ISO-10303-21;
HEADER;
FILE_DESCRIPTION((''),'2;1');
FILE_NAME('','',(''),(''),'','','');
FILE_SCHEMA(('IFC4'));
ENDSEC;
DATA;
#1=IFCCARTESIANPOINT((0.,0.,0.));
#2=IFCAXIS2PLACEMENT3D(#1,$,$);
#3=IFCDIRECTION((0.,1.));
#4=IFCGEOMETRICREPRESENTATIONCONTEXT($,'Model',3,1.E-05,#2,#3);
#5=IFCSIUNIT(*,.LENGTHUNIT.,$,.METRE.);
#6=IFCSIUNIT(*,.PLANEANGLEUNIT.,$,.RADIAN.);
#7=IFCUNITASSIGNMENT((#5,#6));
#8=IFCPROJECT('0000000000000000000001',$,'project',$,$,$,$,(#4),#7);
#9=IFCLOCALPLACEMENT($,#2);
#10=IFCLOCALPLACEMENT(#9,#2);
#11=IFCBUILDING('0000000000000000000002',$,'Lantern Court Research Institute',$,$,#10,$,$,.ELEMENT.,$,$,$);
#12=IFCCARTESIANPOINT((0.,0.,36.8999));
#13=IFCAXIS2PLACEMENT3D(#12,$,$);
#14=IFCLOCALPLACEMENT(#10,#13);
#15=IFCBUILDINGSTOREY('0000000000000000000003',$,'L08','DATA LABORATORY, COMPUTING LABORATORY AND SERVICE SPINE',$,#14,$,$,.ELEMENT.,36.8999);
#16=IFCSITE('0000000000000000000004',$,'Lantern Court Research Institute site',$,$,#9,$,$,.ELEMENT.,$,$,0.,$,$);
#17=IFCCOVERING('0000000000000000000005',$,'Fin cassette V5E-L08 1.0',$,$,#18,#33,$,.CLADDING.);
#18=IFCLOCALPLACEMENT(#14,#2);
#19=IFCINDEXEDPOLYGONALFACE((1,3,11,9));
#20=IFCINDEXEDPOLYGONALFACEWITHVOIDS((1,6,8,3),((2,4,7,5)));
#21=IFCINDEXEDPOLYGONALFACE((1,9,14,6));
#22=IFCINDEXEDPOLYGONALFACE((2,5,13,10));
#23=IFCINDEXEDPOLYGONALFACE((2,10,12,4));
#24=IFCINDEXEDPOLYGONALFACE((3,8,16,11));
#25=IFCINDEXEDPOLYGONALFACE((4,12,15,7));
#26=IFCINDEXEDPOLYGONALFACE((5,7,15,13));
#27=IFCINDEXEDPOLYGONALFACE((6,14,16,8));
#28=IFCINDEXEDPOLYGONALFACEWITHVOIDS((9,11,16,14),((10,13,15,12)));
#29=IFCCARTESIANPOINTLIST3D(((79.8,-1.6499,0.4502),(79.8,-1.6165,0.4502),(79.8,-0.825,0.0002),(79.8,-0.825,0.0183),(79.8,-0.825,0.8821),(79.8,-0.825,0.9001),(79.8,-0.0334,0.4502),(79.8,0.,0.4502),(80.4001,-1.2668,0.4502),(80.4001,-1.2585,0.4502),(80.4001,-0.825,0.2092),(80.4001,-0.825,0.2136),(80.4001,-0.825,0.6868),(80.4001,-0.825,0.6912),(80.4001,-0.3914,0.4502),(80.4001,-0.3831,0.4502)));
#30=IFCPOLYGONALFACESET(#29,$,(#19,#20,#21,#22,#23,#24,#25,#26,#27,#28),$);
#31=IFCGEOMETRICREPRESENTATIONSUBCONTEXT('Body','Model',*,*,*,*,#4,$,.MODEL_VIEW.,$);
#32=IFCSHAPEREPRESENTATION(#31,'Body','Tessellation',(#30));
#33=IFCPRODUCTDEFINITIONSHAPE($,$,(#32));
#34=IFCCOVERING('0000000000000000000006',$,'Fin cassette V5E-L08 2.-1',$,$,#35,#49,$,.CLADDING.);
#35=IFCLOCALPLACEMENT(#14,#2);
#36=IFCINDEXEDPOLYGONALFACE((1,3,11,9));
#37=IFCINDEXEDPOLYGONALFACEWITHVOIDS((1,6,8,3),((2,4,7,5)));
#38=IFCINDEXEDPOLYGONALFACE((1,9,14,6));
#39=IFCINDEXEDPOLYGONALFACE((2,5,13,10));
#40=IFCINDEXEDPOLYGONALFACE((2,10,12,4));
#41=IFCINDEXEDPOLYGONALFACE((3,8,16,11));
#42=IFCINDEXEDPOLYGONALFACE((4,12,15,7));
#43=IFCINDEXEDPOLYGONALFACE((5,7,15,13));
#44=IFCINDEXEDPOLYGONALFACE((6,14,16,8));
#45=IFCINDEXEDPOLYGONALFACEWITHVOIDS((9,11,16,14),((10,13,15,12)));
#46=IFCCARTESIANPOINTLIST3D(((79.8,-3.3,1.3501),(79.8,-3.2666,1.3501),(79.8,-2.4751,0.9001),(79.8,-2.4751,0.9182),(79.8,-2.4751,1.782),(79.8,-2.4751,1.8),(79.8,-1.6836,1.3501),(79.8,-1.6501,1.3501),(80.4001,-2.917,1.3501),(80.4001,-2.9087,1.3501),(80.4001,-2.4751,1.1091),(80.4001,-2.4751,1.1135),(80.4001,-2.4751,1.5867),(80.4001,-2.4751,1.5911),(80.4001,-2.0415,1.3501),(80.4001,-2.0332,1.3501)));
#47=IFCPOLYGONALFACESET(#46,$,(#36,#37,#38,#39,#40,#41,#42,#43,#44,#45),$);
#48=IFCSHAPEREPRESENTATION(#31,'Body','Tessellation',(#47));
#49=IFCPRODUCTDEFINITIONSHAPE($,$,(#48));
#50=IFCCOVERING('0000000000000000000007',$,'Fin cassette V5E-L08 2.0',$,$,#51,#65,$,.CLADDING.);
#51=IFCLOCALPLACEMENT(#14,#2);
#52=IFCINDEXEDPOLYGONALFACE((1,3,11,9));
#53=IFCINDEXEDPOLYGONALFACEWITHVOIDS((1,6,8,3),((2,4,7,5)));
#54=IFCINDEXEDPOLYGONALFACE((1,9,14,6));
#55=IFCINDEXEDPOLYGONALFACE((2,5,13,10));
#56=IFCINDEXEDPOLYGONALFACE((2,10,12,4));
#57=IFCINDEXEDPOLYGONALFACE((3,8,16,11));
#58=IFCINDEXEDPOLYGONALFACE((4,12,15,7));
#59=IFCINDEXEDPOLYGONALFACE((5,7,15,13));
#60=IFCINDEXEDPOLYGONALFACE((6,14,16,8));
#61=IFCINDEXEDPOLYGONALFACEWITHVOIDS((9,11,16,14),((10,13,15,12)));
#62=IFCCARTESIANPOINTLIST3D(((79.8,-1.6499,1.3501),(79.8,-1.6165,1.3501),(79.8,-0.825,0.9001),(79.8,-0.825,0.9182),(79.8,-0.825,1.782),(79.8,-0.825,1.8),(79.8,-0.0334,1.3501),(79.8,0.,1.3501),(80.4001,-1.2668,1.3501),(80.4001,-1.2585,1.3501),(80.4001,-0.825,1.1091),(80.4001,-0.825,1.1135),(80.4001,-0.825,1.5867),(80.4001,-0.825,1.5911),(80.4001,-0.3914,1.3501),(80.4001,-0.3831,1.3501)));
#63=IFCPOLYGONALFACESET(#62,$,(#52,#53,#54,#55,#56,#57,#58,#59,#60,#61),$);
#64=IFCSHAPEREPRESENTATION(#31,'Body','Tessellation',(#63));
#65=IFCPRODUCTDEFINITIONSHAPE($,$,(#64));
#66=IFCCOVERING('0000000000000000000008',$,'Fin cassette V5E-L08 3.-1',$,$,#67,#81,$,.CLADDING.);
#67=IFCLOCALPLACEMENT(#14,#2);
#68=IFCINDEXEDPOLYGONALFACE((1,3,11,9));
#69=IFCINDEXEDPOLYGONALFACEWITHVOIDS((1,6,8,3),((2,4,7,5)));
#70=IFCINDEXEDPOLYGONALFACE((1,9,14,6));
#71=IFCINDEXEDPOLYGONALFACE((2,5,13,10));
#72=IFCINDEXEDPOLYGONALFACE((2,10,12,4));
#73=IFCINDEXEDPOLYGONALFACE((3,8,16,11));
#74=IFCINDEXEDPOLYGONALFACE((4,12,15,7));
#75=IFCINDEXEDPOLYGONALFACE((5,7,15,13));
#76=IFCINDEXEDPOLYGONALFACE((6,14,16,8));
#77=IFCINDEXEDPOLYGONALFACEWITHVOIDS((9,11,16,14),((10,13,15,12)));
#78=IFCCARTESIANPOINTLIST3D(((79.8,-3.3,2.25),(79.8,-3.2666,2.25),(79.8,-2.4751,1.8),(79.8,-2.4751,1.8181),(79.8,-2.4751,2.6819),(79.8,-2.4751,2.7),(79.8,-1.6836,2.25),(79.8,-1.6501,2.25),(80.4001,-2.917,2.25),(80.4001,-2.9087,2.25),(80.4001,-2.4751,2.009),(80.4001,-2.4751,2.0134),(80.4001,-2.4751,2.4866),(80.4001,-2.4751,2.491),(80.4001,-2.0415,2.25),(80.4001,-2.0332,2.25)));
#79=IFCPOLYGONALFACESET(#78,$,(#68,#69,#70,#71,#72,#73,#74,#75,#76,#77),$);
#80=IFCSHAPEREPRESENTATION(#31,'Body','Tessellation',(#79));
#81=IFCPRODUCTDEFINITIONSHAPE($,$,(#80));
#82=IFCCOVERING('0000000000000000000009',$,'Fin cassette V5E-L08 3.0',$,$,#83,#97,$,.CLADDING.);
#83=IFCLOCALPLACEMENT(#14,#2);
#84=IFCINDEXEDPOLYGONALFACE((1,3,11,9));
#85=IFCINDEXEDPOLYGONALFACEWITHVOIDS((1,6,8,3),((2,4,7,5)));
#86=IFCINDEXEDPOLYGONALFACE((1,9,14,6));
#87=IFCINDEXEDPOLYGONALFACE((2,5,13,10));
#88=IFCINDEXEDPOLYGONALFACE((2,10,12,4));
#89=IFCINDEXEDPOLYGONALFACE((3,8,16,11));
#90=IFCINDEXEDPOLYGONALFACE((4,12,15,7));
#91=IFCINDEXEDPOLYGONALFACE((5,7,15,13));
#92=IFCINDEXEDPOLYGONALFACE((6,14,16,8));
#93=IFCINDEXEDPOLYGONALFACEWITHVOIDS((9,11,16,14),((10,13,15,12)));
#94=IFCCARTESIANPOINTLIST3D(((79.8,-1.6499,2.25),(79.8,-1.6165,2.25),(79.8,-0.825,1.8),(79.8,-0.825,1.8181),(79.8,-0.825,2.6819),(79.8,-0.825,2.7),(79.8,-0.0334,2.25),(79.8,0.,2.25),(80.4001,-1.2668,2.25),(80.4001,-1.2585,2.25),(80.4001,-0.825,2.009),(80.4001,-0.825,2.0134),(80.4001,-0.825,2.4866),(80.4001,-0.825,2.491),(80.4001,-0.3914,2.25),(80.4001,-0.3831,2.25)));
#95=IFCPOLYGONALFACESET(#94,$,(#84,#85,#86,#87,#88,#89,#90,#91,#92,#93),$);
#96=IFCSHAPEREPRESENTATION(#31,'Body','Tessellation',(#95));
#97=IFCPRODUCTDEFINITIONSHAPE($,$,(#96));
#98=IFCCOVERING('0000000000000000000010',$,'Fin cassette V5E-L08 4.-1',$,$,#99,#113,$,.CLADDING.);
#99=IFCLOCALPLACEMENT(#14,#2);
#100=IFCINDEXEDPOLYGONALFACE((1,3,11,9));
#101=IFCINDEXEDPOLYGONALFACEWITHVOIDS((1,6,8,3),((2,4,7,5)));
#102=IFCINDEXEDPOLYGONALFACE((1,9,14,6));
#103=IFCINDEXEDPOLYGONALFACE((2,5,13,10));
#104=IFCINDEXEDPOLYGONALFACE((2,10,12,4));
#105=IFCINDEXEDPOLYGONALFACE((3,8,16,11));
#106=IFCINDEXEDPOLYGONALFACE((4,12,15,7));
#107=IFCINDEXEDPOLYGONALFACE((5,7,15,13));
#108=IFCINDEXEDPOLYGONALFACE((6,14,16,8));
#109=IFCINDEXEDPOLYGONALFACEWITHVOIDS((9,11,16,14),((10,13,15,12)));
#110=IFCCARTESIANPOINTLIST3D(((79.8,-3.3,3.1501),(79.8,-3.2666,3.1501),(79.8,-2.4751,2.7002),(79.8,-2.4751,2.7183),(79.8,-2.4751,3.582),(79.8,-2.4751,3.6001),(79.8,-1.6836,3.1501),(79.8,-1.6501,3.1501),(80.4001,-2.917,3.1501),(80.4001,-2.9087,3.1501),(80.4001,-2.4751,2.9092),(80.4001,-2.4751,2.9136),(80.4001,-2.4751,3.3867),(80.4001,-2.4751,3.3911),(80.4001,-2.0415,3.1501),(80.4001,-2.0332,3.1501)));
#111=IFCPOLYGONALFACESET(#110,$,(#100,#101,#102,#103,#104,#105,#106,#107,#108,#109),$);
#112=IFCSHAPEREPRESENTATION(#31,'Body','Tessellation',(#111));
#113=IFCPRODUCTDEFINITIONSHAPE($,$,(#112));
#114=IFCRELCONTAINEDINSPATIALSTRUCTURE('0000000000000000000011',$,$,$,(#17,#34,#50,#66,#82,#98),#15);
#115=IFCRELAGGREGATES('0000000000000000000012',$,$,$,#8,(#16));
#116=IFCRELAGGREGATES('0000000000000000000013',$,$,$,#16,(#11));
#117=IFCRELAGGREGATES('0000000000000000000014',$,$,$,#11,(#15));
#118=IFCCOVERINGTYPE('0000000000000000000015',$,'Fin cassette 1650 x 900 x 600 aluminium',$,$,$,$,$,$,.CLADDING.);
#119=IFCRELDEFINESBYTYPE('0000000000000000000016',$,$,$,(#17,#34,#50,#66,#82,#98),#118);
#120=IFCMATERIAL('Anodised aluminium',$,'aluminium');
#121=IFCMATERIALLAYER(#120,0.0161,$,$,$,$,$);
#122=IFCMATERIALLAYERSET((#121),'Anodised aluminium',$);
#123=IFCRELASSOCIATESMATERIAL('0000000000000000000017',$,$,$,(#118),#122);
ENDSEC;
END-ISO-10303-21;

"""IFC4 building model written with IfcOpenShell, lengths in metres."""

from ifc_helpers import new_model, entity, si_unit, direction, frame, origin, place, context, subcontext, project, spatial, material, layer, layer_set, type_object, element, save


model = new_model("IFC4")

# Units and contexts
model_context = context("Model", 3, precision=1e-05, world=origin(), true_north=direction((0.0, 1.0)))
body_context = subcontext(model_context, "Body", "Model", "MODEL_VIEW")
ifc_project = project(units=[si_unit("LENGTHUNIT", "METRE"), si_unit("PLANEANGLEUNIT", "RADIAN")], contexts=[model_context])

# Site, building, storey
site_placement = place(None, origin())
site = spatial("IfcSite", under=ifc_project, at=site_placement, Name="Lantern Court Research Institute site", CompositionType="ELEMENT", RefElevation=0.0)
building_placement = place(site_placement, origin())
building = spatial("IfcBuilding", under=site, at=building_placement, Name="Lantern Court Research Institute", CompositionType="ELEMENT")
storey_placement = place(building_placement, frame((0.0, 0.0, 36.8999)))
storey = spatial("IfcBuildingStorey", under=building, at=storey_placement, Name="L08", Description="DATA LABORATORY, COMPUTING LABORATORY AND SERVICE SPINE", CompositionType="ELEMENT", Elevation=36.8999)

# Coverings
ifc_material_1 = material(Name="Anodised aluminium", Category="aluminium")
ifc_layer_1 = layer(ifc_material_1, 0.0161)
ifc_layer_set_1 = layer_set([ifc_layer_1], Name="Anodised aluminium")
covering_type = type_object("IfcCoveringType", Name="Fin cassette 1650 x 900 x 600 aluminium", PredefinedType="CLADDING", material=ifc_layer_set_1)
covering_1_placement = place(storey_placement, frame((79.8, -0.825, 0.4502), z_axis=(1.0, 0.0, 0.0), x_axis=(0.0, 1.0, 0.0)))
cartesian_point_1 = entity("IfcCartesianPoint", [0.825, 0.0])
cartesian_point_2 = entity("IfcCartesianPoint", [0.7915, 0.0])
cartesian_point_3 = entity("IfcCartesianPoint", [0.4419, 0.0])
cartesian_point_4 = entity("IfcCartesianPoint", [0.4336, 0.0])
element("IfcCovering", 1, at=covering_1_placement, inside=storey, type_object=covering_type, Name="Fin cassette V5E-L08 1.0", PredefinedType="CLADDING", context=body_context, shape_type="SweptSolid", body=[
    entity("IfcExtrudedAreaSolidTapered", entity("IfcArbitraryProfileDefWithVoids", "AREA", None, entity("IfcPolyline", [cartesian_point_1, entity("IfcCartesianPoint", [0.0, 0.45]), entity("IfcCartesianPoint", [-0.825, 0.0]), entity("IfcCartesianPoint", [0.0, -0.45]), cartesian_point_1]), [entity("IfcPolyline", [cartesian_point_2, entity("IfcCartesianPoint", [0.0, 0.4319]), entity("IfcCartesianPoint", [-0.7915, 0.0]), entity("IfcCartesianPoint", [0.0, -0.4319]), cartesian_point_2])]), entity("IfcAxis2Placement3D", entity("IfcCartesianPoint", [0.0, 0.0, 0.0])), entity("IfcDirection", [0.0, 0.0, 1.0]), 0.6001, entity("IfcArbitraryProfileDefWithVoids", "AREA", None, entity("IfcPolyline", [cartesian_point_3, entity("IfcCartesianPoint", [0.0, 0.241]), entity("IfcCartesianPoint", [-0.4419, 0.0]), entity("IfcCartesianPoint", [0.0, -0.241]), cartesian_point_3]), [entity("IfcPolyline", [cartesian_point_4, entity("IfcCartesianPoint", [0.0, 0.2366]), entity("IfcCartesianPoint", [-0.4336, 0.0]), entity("IfcCartesianPoint", [0.0, -0.2366]), cartesian_point_4])])),
])
covering_2_placement = place(storey_placement, frame((79.8, -2.4751, 1.3501), z_axis=(1.0, 0.0, 0.0), x_axis=(0.0, 1.0, 0.0)))
cartesian_point_5 = entity("IfcCartesianPoint", [0.825, 0.0])
cartesian_point_6 = entity("IfcCartesianPoint", [0.7915, 0.0])
cartesian_point_7 = entity("IfcCartesianPoint", [0.4419, 0.0])
cartesian_point_8 = entity("IfcCartesianPoint", [0.4336, 0.0])
element("IfcCovering", 2, at=covering_2_placement, inside=storey, type_object=covering_type, Name="Fin cassette V5E-L08 2.-1", PredefinedType="CLADDING", context=body_context, shape_type="SweptSolid", body=[
    entity("IfcExtrudedAreaSolidTapered", entity("IfcArbitraryProfileDefWithVoids", "AREA", None, entity("IfcPolyline", [cartesian_point_5, entity("IfcCartesianPoint", [0.0, 0.45]), entity("IfcCartesianPoint", [-0.825, 0.0]), entity("IfcCartesianPoint", [0.0, -0.45]), cartesian_point_5]), [entity("IfcPolyline", [cartesian_point_6, entity("IfcCartesianPoint", [0.0, 0.4319]), entity("IfcCartesianPoint", [-0.7915, 0.0]), entity("IfcCartesianPoint", [0.0, -0.4319]), cartesian_point_6])]), entity("IfcAxis2Placement3D", entity("IfcCartesianPoint", [0.0, 0.0, 0.0])), entity("IfcDirection", [0.0, 0.0, 1.0]), 0.6001, entity("IfcArbitraryProfileDefWithVoids", "AREA", None, entity("IfcPolyline", [cartesian_point_7, entity("IfcCartesianPoint", [0.0, 0.241]), entity("IfcCartesianPoint", [-0.4419, 0.0]), entity("IfcCartesianPoint", [0.0, -0.241]), cartesian_point_7]), [entity("IfcPolyline", [cartesian_point_8, entity("IfcCartesianPoint", [0.0, 0.2366]), entity("IfcCartesianPoint", [-0.4336, 0.0]), entity("IfcCartesianPoint", [0.0, -0.2366]), cartesian_point_8])])),
])
covering_3_placement = place(storey_placement, frame((79.8, -0.825, 1.3501), z_axis=(1.0, 0.0, 0.0), x_axis=(0.0, 1.0, 0.0)))
cartesian_point_9 = entity("IfcCartesianPoint", [0.825, 0.0])
cartesian_point_10 = entity("IfcCartesianPoint", [0.7915, 0.0])
cartesian_point_11 = entity("IfcCartesianPoint", [0.4419, 0.0])
cartesian_point_12 = entity("IfcCartesianPoint", [0.4336, 0.0])
element("IfcCovering", 3, at=covering_3_placement, inside=storey, type_object=covering_type, Name="Fin cassette V5E-L08 2.0", PredefinedType="CLADDING", context=body_context, shape_type="SweptSolid", body=[
    entity("IfcExtrudedAreaSolidTapered", entity("IfcArbitraryProfileDefWithVoids", "AREA", None, entity("IfcPolyline", [cartesian_point_9, entity("IfcCartesianPoint", [0.0, 0.45]), entity("IfcCartesianPoint", [-0.825, 0.0]), entity("IfcCartesianPoint", [0.0, -0.45]), cartesian_point_9]), [entity("IfcPolyline", [cartesian_point_10, entity("IfcCartesianPoint", [0.0, 0.4319]), entity("IfcCartesianPoint", [-0.7915, 0.0]), entity("IfcCartesianPoint", [0.0, -0.4319]), cartesian_point_10])]), entity("IfcAxis2Placement3D", entity("IfcCartesianPoint", [0.0, 0.0, 0.0])), entity("IfcDirection", [0.0, 0.0, 1.0]), 0.6001, entity("IfcArbitraryProfileDefWithVoids", "AREA", None, entity("IfcPolyline", [cartesian_point_11, entity("IfcCartesianPoint", [0.0, 0.241]), entity("IfcCartesianPoint", [-0.4419, 0.0]), entity("IfcCartesianPoint", [0.0, -0.241]), cartesian_point_11]), [entity("IfcPolyline", [cartesian_point_12, entity("IfcCartesianPoint", [0.0, 0.2366]), entity("IfcCartesianPoint", [-0.4336, 0.0]), entity("IfcCartesianPoint", [0.0, -0.2366]), cartesian_point_12])])),
])
covering_4_placement = place(storey_placement, frame((79.8, -2.4751, 2.25), z_axis=(1.0, 0.0, 0.0), x_axis=(0.0, 1.0, 0.0)))
cartesian_point_13 = entity("IfcCartesianPoint", [0.825, 0.0])
cartesian_point_14 = entity("IfcCartesianPoint", [0.7915, 0.0])
cartesian_point_15 = entity("IfcCartesianPoint", [0.4419, 0.0])
cartesian_point_16 = entity("IfcCartesianPoint", [0.4336, 0.0])
element("IfcCovering", 4, at=covering_4_placement, inside=storey, type_object=covering_type, Name="Fin cassette V5E-L08 3.-1", PredefinedType="CLADDING", context=body_context, shape_type="SweptSolid", body=[
    entity("IfcExtrudedAreaSolidTapered", entity("IfcArbitraryProfileDefWithVoids", "AREA", None, entity("IfcPolyline", [cartesian_point_13, entity("IfcCartesianPoint", [0.0, 0.45]), entity("IfcCartesianPoint", [-0.825, 0.0]), entity("IfcCartesianPoint", [0.0, -0.45]), cartesian_point_13]), [entity("IfcPolyline", [cartesian_point_14, entity("IfcCartesianPoint", [0.0, 0.4319]), entity("IfcCartesianPoint", [-0.7915, 0.0]), entity("IfcCartesianPoint", [0.0, -0.4319]), cartesian_point_14])]), entity("IfcAxis2Placement3D", entity("IfcCartesianPoint", [0.0, 0.0, 0.0])), entity("IfcDirection", [0.0, 0.0, 1.0]), 0.6001, entity("IfcArbitraryProfileDefWithVoids", "AREA", None, entity("IfcPolyline", [cartesian_point_15, entity("IfcCartesianPoint", [0.0, 0.241]), entity("IfcCartesianPoint", [-0.4419, 0.0]), entity("IfcCartesianPoint", [0.0, -0.241]), cartesian_point_15]), [entity("IfcPolyline", [cartesian_point_16, entity("IfcCartesianPoint", [0.0, 0.2366]), entity("IfcCartesianPoint", [-0.4336, 0.0]), entity("IfcCartesianPoint", [0.0, -0.2366]), cartesian_point_16])])),
])
covering_5_placement = place(storey_placement, frame((79.8, -0.825, 2.25), z_axis=(1.0, 0.0, 0.0), x_axis=(0.0, 1.0, 0.0)))
cartesian_point_17 = entity("IfcCartesianPoint", [0.825, 0.0])
cartesian_point_18 = entity("IfcCartesianPoint", [0.7915, 0.0])
cartesian_point_19 = entity("IfcCartesianPoint", [0.4419, 0.0])
cartesian_point_20 = entity("IfcCartesianPoint", [0.4336, 0.0])
element("IfcCovering", 5, at=covering_5_placement, inside=storey, type_object=covering_type, Name="Fin cassette V5E-L08 3.0", PredefinedType="CLADDING", context=body_context, shape_type="SweptSolid", body=[
    entity("IfcExtrudedAreaSolidTapered", entity("IfcArbitraryProfileDefWithVoids", "AREA", None, entity("IfcPolyline", [cartesian_point_17, entity("IfcCartesianPoint", [0.0, 0.45]), entity("IfcCartesianPoint", [-0.825, 0.0]), entity("IfcCartesianPoint", [0.0, -0.45]), cartesian_point_17]), [entity("IfcPolyline", [cartesian_point_18, entity("IfcCartesianPoint", [0.0, 0.4319]), entity("IfcCartesianPoint", [-0.7915, 0.0]), entity("IfcCartesianPoint", [0.0, -0.4319]), cartesian_point_18])]), entity("IfcAxis2Placement3D", entity("IfcCartesianPoint", [0.0, 0.0, 0.0])), entity("IfcDirection", [0.0, 0.0, 1.0]), 0.6001, entity("IfcArbitraryProfileDefWithVoids", "AREA", None, entity("IfcPolyline", [cartesian_point_19, entity("IfcCartesianPoint", [0.0, 0.241]), entity("IfcCartesianPoint", [-0.4419, 0.0]), entity("IfcCartesianPoint", [0.0, -0.241]), cartesian_point_19]), [entity("IfcPolyline", [cartesian_point_20, entity("IfcCartesianPoint", [0.0, 0.2366]), entity("IfcCartesianPoint", [-0.4336, 0.0]), entity("IfcCartesianPoint", [0.0, -0.2366]), cartesian_point_20])])),
])
covering_6_placement = place(storey_placement, frame((79.8, -2.4751, 3.1501), z_axis=(1.0, 0.0, 0.0), x_axis=(0.0, 1.0, 0.0)))
cartesian_point_21 = entity("IfcCartesianPoint", [0.825, 0.0])
cartesian_point_22 = entity("IfcCartesianPoint", [0.7915, 0.0])
cartesian_point_23 = entity("IfcCartesianPoint", [0.4419, 0.0])
cartesian_point_24 = entity("IfcCartesianPoint", [0.4336, 0.0])
element("IfcCovering", 6, at=covering_6_placement, inside=storey, type_object=covering_type, Name="Fin cassette V5E-L08 4.-1", PredefinedType="CLADDING", context=body_context, shape_type="SweptSolid", body=[
    entity("IfcExtrudedAreaSolidTapered", entity("IfcArbitraryProfileDefWithVoids", "AREA", None, entity("IfcPolyline", [cartesian_point_21, entity("IfcCartesianPoint", [0.0, 0.45]), entity("IfcCartesianPoint", [-0.825, 0.0]), entity("IfcCartesianPoint", [0.0, -0.45]), cartesian_point_21]), [entity("IfcPolyline", [cartesian_point_22, entity("IfcCartesianPoint", [0.0, 0.4319]), entity("IfcCartesianPoint", [-0.7915, 0.0]), entity("IfcCartesianPoint", [0.0, -0.4319]), cartesian_point_22])]), entity("IfcAxis2Placement3D", entity("IfcCartesianPoint", [0.0, 0.0, 0.0])), entity("IfcDirection", [0.0, 0.0, 1.0]), 0.6001, entity("IfcArbitraryProfileDefWithVoids", "AREA", None, entity("IfcPolyline", [cartesian_point_23, entity("IfcCartesianPoint", [0.0, 0.241]), entity("IfcCartesianPoint", [-0.4419, 0.0]), entity("IfcCartesianPoint", [0.0, -0.241]), cartesian_point_23]), [entity("IfcPolyline", [cartesian_point_24, entity("IfcCartesianPoint", [0.0, 0.2366]), entity("IfcCartesianPoint", [-0.4336, 0.0]), entity("IfcCartesianPoint", [0.0, -0.2366]), cartesian_point_24])])),
])

save(model, "model.ifc")
